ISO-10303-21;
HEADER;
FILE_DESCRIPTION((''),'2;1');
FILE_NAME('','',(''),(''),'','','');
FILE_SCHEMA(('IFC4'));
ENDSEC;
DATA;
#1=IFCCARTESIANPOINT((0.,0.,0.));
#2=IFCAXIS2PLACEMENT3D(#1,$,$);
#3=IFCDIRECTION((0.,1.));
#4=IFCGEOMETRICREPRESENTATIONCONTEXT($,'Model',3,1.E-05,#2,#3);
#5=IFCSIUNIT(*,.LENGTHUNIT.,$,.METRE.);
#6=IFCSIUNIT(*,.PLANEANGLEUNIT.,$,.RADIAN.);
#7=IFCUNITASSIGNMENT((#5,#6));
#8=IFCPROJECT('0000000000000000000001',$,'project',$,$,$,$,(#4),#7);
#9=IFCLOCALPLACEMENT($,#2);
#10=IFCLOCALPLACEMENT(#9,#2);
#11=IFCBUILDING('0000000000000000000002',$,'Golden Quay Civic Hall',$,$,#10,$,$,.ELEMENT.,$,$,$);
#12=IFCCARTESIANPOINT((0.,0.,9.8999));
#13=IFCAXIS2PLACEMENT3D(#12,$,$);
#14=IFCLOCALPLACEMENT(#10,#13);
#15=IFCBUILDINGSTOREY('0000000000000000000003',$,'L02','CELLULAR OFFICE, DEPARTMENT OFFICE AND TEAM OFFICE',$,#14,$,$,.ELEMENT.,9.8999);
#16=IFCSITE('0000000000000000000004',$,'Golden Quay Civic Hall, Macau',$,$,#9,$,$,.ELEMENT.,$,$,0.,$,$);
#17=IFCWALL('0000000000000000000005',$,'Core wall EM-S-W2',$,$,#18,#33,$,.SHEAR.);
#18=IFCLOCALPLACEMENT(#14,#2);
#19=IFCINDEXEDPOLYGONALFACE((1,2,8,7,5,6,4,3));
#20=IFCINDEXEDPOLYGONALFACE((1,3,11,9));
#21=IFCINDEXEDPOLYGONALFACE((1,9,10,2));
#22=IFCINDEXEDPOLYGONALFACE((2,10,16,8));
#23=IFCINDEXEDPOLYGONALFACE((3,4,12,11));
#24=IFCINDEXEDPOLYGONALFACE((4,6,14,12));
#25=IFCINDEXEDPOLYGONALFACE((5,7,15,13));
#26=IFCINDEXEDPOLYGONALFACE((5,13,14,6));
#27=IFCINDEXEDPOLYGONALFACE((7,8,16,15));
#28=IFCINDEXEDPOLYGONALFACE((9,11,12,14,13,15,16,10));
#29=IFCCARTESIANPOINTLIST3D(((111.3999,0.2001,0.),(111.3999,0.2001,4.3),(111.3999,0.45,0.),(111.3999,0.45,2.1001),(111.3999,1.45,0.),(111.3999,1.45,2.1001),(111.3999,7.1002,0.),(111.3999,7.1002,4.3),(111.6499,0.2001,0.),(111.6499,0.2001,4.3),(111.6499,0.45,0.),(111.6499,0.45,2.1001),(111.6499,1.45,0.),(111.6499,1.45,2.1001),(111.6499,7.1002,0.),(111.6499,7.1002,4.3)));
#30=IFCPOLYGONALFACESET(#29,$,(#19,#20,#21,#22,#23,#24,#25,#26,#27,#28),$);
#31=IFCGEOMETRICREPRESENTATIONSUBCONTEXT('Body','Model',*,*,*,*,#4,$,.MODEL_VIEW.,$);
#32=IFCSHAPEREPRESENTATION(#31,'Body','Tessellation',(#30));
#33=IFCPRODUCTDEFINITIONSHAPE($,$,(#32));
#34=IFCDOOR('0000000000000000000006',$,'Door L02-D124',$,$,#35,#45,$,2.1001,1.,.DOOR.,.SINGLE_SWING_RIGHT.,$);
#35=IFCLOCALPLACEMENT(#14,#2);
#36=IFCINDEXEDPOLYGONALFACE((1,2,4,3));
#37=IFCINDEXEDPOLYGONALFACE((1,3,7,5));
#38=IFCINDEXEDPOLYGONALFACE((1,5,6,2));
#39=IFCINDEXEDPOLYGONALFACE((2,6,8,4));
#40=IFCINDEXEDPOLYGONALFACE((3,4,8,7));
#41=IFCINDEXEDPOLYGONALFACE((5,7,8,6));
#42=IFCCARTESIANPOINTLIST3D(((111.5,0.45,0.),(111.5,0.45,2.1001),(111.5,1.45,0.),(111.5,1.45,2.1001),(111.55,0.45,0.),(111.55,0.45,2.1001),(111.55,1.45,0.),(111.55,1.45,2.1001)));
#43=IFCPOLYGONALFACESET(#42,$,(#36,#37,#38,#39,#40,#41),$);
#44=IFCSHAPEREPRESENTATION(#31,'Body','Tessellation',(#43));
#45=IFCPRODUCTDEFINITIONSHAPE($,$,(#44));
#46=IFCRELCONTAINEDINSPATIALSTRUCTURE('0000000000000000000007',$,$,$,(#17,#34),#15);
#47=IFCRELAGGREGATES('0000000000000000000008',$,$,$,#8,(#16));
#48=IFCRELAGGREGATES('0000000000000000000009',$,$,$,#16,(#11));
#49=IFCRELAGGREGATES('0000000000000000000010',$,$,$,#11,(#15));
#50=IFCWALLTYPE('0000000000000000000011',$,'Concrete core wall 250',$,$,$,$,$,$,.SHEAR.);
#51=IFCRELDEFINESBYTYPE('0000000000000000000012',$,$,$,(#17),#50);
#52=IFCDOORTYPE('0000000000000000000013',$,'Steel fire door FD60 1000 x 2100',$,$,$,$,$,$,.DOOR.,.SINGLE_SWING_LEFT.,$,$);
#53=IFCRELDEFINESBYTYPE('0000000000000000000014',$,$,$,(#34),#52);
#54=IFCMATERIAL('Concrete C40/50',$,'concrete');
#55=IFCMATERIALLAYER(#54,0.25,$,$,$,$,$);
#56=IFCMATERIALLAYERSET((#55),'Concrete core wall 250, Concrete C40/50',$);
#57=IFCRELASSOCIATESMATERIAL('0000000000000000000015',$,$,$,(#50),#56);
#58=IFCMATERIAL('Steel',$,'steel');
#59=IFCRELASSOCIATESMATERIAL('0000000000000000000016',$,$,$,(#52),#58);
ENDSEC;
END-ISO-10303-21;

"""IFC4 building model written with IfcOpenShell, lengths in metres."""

from ifc_helpers import new_model, si_unit, direction, frame, frame_2d, origin, place, context, subcontext, project, spatial, rectangle, extrude, material, layer, layer_set, type_object, element, fill, save


model = new_model("IFC4")

# Units and contexts
model_context = context("Model", 3, precision=1e-05, world=origin(), true_north=direction((0.0, 1.0)))
body_context = subcontext(model_context, "Body", "Model", "MODEL_VIEW")
ifc_project = project(units=[si_unit("LENGTHUNIT", "METRE"), si_unit("PLANEANGLEUNIT", "RADIAN")], contexts=[model_context])

# Site, building, storey
site_placement = place(None, origin())
site = spatial("IfcSite", under=ifc_project, at=site_placement, Name="Golden Quay Civic Hall, Macau", CompositionType="ELEMENT", RefElevation=0.0)
building_placement = place(site_placement, origin())
building = spatial("IfcBuilding", under=site, at=building_placement, Name="Golden Quay Civic Hall", CompositionType="ELEMENT")
storey_placement = place(building_placement, frame((0.0, 0.0, 9.8999)))
storey = spatial("IfcBuildingStorey", under=building, at=storey_placement, Name="L02", Description="CELLULAR OFFICE, DEPARTMENT OFFICE AND TEAM OFFICE", CompositionType="ELEMENT", Elevation=9.8999)

# Wall, opening, door
ifc_material_1 = material(Name="Concrete C40/50", Category="concrete")
ifc_layer_1 = layer(ifc_material_1, 0.25)
ifc_layer_set_1 = layer_set([ifc_layer_1], Name="Concrete core wall 250, Concrete C40/50")
wall_type_1 = type_object("IfcWallType", Name="Concrete core wall 250", PredefinedType="SHEAR", material=ifc_layer_set_1)
wall_1_placement = place(storey_placement, frame((111.5249, 0.2, 0.0), z_axis=(0.0, 0.0, 1.0), x_axis=(0.0, 1.0, 0.0)))
wall_1 = element("IfcWall", 1, at=wall_1_placement, inside=storey, type_object=wall_type_1, Name="Core wall EM-S-W2", PredefinedType="SHEAR", context=body_context, shape_type="SweptSolid", body=[
    extrude(rectangle(XDim=6.9001, YDim=0.25, at=frame_2d((3.4502, 0.0))), origin(), (0.0, 0.0, 1.0), 4.3),
])
opening_1_placement = place(wall_1_placement, frame((0.25, 0.0, 0.0)))
opening_1 = element("IfcOpeningElement", 2, at=opening_1_placement, cuts=wall_1, PredefinedType="OPENING", context=body_context, shape_type="SweptSolid", body=[
    extrude(rectangle(XDim=1.0, YDim=2.1001, at=frame_2d((0.5, 1.05))), frame((0.0, 0.135, 0.0), z_axis=(0.0, -1.0, 0.0), x_axis=(1.0, 0.0, 0.0)), (0.0, 0.0, 1.0), 0.27),
])
ifc_material_2 = material(Name="Steel", Category="steel")
door_type_1 = type_object("IfcDoorType", Name="Steel fire door FD60 1000 x 2100", OperationType="SINGLE_SWING_LEFT", PredefinedType="DOOR", material=ifc_material_2)
door_1_placement = place(opening_1_placement, frame((1.0, 0.0, 0.0), z_axis=(0.0, 0.0, 1.0), x_axis=(-1.0, 0.0, 0.0)))
door_1 = element("IfcDoor", 3, at=door_1_placement, inside=storey, type_object=door_type_1, Name="Door L02-D124", OperationType="SINGLE_SWING_RIGHT", OverallHeight=2.1001, OverallWidth=1.0, PredefinedType="DOOR", context=body_context, shape_type="SweptSolid", body=[
    extrude(rectangle(XDim=1.0, YDim=2.1001, at=frame_2d((0.5, 1.05))), frame((0.0, 0.0251, 0.0), z_axis=(0.0, -1.0, 0.0), x_axis=(1.0, 0.0, 0.0)), (0.0, 0.0, 1.0), 0.05),
])
fill(opening_1, door_1)

save(model, "model.ifc")
